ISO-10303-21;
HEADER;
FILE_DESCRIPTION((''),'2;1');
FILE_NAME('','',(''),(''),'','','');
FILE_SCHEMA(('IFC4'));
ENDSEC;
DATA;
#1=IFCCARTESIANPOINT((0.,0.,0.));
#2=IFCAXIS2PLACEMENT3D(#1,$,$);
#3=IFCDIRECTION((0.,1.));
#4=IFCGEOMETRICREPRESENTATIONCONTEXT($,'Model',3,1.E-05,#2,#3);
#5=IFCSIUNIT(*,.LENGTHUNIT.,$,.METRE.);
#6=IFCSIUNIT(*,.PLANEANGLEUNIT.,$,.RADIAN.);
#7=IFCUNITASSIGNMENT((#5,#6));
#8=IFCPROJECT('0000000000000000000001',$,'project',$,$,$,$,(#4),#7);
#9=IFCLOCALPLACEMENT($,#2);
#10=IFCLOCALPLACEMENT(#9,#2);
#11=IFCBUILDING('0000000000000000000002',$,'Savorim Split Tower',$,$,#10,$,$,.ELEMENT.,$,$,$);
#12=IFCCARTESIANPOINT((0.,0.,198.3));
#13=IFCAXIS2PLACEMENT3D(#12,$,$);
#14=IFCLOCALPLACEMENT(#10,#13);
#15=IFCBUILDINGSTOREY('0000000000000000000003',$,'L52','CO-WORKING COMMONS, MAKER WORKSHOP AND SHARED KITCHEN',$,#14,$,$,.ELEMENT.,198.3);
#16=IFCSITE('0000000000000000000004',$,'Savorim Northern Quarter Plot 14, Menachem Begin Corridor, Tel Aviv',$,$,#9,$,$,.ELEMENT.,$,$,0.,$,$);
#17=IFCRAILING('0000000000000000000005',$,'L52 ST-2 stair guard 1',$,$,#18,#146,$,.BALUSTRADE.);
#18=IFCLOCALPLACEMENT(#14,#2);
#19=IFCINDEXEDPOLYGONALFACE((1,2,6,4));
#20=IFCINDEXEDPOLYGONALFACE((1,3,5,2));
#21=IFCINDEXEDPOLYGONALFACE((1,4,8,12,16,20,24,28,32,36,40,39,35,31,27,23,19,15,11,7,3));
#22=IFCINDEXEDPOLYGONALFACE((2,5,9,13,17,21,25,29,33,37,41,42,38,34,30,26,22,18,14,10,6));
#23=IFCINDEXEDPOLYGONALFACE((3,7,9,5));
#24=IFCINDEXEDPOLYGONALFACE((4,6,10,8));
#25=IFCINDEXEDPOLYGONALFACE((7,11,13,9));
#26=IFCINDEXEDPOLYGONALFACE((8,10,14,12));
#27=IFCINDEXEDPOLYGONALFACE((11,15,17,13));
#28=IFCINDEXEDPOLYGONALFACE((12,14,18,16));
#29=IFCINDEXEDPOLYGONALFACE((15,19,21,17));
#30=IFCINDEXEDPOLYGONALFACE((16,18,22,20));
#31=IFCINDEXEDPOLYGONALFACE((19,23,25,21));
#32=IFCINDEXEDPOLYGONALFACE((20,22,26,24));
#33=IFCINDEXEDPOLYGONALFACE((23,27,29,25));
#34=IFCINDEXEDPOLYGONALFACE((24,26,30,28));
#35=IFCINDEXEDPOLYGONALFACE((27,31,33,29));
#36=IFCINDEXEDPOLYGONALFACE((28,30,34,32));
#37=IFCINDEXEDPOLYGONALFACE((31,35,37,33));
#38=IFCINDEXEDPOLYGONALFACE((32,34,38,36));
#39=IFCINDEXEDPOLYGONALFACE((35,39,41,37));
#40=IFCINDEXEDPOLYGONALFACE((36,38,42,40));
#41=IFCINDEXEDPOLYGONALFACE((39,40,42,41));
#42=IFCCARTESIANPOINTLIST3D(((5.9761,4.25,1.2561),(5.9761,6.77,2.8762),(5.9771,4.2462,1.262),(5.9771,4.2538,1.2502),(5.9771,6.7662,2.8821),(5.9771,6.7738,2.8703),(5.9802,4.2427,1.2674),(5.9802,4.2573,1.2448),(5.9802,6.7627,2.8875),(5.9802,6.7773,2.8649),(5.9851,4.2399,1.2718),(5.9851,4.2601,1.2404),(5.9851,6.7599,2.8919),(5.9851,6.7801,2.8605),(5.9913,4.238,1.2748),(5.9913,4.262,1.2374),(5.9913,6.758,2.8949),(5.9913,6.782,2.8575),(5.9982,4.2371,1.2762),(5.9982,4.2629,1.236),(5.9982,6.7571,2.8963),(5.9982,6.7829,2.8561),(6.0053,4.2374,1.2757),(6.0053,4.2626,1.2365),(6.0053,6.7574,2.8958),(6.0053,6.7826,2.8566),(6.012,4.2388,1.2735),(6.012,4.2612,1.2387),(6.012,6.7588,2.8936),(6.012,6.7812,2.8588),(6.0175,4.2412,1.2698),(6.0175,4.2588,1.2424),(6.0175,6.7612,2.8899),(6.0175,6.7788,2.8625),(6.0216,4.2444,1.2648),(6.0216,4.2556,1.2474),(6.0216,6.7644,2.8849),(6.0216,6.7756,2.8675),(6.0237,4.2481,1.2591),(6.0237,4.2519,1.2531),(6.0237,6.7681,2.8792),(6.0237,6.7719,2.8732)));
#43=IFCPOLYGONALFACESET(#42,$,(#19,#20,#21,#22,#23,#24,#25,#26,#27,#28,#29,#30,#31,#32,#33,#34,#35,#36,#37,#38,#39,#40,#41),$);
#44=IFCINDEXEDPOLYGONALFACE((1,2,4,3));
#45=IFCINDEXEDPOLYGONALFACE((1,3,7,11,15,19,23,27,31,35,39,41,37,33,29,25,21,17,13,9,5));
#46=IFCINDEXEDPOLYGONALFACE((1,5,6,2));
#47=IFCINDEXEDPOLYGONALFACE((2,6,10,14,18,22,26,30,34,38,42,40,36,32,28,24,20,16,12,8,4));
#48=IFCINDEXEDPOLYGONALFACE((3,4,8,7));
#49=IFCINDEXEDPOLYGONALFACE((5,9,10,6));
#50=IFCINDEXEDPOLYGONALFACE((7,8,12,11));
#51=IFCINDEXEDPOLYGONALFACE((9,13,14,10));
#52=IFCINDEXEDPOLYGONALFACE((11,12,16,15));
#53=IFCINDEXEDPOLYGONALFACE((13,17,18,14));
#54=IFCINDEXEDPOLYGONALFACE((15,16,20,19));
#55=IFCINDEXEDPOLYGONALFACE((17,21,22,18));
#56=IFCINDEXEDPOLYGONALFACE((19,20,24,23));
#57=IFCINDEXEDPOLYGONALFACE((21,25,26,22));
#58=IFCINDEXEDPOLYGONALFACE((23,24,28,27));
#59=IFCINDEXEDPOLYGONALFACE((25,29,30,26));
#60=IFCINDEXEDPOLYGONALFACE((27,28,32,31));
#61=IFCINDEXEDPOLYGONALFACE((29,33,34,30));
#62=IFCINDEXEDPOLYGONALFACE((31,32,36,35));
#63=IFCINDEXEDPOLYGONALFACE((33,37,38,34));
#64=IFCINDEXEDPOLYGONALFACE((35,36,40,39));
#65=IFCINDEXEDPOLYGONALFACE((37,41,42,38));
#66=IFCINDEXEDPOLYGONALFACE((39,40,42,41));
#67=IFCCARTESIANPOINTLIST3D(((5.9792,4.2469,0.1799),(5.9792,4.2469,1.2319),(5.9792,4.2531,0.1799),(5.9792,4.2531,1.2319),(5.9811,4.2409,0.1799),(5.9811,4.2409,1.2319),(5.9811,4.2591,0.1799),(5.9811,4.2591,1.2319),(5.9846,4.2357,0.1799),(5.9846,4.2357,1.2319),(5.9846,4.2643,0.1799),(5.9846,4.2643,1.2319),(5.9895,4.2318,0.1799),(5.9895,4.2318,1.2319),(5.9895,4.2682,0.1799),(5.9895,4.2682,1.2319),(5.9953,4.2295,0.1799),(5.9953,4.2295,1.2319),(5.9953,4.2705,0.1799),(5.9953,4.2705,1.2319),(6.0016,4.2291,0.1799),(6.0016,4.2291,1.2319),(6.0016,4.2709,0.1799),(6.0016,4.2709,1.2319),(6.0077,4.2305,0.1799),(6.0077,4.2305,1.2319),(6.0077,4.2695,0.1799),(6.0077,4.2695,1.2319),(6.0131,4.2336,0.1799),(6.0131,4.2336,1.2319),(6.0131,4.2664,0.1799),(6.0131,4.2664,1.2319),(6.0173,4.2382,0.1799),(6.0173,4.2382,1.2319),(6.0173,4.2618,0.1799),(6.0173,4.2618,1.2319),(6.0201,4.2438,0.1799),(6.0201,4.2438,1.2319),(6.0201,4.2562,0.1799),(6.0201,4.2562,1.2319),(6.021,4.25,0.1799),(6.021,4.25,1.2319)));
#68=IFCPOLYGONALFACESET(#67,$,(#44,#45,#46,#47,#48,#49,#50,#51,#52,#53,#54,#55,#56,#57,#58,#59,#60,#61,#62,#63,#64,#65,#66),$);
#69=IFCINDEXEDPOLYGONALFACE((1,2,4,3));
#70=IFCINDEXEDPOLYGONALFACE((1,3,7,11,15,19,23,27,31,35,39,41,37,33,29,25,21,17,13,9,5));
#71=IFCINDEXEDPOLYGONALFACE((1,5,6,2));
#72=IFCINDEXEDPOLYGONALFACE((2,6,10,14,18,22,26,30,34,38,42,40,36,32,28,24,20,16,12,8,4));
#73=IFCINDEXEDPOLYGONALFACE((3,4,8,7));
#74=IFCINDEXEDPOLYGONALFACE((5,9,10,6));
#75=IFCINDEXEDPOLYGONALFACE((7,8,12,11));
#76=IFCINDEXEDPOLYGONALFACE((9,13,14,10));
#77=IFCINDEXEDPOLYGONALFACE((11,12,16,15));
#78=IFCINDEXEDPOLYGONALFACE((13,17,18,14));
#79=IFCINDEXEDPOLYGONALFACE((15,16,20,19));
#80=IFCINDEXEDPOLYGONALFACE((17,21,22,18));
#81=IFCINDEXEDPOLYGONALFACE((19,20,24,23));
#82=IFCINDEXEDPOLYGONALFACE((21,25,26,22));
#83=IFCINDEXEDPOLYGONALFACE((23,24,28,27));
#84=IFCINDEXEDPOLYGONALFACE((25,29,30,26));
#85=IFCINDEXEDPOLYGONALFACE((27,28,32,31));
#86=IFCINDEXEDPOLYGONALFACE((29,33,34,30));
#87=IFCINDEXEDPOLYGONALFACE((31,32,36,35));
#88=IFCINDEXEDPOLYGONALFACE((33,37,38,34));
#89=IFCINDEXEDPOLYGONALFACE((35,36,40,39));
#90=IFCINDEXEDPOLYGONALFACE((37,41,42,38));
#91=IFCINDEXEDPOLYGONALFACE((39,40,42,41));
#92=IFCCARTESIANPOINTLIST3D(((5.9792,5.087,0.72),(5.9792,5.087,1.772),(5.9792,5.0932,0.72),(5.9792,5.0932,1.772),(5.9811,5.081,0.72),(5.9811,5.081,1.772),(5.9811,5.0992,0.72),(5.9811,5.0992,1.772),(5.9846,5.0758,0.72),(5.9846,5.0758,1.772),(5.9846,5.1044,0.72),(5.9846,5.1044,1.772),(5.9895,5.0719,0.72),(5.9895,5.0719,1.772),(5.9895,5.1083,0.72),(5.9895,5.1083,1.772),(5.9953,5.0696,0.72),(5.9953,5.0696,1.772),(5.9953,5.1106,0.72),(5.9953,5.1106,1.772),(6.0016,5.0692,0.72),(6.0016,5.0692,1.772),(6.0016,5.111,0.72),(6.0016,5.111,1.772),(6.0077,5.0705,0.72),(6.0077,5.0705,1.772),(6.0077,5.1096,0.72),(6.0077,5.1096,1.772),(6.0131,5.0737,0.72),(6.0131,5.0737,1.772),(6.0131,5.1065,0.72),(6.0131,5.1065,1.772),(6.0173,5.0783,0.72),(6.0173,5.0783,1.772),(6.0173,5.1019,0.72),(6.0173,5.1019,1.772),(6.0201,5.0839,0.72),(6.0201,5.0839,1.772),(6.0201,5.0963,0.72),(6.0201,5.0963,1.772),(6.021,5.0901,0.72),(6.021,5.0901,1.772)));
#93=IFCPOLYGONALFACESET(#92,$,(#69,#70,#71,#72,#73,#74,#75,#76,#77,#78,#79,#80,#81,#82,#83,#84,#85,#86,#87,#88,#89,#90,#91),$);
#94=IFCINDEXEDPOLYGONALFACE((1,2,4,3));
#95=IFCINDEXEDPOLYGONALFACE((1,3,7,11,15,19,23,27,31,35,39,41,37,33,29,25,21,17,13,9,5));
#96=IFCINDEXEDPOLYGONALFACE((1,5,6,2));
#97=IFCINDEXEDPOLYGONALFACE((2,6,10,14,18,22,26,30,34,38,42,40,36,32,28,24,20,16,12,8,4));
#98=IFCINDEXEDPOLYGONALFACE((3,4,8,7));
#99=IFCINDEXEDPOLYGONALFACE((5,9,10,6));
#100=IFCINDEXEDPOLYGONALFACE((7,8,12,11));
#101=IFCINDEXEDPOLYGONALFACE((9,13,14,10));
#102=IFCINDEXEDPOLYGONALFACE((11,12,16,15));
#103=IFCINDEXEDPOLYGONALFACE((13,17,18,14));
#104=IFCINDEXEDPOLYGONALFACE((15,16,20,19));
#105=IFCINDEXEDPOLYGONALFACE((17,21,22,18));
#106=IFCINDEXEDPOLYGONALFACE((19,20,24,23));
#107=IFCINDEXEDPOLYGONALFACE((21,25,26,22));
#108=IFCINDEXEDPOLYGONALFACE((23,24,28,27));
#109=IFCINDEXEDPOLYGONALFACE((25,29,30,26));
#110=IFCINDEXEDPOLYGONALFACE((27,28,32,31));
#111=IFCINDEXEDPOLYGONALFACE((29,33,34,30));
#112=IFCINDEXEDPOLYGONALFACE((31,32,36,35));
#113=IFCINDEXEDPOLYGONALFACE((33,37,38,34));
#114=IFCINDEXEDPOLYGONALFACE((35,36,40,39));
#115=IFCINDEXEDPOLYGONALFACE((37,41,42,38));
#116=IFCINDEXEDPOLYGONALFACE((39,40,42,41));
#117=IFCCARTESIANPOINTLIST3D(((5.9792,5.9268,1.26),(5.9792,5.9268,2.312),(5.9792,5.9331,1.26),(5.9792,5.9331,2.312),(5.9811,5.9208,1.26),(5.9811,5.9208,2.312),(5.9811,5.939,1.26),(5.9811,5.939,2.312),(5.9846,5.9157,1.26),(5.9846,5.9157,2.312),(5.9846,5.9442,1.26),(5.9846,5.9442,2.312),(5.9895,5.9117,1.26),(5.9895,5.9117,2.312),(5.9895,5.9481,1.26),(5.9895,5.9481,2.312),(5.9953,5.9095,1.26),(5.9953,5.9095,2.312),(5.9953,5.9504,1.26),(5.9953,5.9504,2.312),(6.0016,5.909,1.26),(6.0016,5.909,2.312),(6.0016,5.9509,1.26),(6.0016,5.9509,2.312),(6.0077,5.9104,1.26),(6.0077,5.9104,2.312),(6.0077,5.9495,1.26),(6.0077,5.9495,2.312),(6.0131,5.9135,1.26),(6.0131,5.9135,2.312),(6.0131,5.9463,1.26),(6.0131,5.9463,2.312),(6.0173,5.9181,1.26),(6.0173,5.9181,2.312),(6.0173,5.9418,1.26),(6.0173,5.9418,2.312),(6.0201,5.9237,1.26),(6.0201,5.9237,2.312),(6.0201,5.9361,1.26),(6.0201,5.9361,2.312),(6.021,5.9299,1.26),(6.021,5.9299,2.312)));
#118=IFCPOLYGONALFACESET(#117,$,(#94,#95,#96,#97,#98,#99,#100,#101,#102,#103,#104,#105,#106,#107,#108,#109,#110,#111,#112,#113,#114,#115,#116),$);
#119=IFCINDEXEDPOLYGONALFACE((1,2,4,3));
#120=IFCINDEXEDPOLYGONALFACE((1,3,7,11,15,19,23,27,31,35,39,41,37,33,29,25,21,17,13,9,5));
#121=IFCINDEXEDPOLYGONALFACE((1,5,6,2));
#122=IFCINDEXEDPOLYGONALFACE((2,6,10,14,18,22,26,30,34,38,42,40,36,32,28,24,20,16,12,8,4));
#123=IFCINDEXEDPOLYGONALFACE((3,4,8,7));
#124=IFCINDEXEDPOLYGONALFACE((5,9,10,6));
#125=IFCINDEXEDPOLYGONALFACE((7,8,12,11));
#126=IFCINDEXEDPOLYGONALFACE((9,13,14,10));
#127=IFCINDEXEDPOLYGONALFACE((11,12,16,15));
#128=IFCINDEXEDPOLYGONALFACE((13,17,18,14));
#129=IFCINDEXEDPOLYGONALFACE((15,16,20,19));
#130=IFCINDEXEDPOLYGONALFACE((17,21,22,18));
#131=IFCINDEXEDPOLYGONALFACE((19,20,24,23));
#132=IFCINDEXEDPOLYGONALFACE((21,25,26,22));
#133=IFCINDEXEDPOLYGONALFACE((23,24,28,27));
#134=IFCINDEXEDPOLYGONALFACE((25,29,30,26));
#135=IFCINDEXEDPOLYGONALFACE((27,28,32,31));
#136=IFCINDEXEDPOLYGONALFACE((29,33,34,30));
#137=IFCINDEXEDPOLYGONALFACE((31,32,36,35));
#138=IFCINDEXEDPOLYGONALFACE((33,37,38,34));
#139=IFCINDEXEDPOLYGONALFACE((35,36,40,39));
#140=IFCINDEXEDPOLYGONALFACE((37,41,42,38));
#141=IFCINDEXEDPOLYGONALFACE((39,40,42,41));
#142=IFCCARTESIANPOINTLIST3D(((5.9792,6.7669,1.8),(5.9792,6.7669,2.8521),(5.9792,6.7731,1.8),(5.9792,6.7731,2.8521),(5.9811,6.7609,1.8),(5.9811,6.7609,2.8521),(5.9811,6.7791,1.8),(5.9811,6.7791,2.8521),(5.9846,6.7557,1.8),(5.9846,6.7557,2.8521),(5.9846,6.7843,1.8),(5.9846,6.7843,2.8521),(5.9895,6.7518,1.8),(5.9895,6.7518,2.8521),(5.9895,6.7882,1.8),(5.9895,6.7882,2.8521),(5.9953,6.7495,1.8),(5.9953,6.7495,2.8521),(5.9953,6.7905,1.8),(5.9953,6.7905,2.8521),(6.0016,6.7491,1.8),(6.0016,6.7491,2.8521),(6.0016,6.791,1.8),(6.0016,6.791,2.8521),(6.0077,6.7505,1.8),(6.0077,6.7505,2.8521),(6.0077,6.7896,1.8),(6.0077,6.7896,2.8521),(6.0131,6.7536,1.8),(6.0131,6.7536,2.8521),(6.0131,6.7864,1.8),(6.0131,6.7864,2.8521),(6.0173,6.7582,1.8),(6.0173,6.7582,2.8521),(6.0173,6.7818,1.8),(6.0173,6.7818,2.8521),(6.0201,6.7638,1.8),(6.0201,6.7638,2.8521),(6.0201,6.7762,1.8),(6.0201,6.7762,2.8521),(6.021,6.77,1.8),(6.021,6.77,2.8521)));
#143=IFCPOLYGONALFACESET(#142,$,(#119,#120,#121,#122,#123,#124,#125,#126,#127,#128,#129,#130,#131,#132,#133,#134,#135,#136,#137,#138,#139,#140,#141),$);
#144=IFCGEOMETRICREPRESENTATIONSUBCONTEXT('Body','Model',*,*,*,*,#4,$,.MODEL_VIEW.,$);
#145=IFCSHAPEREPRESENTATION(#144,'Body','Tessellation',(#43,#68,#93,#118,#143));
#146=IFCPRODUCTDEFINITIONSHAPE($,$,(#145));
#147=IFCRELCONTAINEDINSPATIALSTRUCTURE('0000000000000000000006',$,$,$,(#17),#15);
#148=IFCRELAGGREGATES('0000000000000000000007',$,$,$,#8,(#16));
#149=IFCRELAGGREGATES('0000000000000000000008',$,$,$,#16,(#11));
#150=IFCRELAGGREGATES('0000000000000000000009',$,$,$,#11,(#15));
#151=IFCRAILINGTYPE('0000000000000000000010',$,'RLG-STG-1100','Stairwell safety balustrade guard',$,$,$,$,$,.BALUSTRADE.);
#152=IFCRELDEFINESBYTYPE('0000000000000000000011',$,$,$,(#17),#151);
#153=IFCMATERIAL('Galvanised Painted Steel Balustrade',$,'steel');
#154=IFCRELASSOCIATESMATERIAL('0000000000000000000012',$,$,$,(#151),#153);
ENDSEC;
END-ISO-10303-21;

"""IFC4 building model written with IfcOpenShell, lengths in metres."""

from ifc_helpers import new_model, si_unit, direction, frame, origin, origin_2d, place, context, subcontext, project, spatial, circle, extrude, material, type_object, element, save


model = new_model("IFC4")

# Units and contexts
model_context = context("Model", 3, precision=1e-05, world=origin(), true_north=direction((0.0, 1.0)))
body_context = subcontext(model_context, "Body", "Model", "MODEL_VIEW")
ifc_project = project(units=[si_unit("LENGTHUNIT", "METRE"), si_unit("PLANEANGLEUNIT", "RADIAN")], contexts=[model_context])

# Site, building, storey
site_placement = place(None, origin())
site = spatial("IfcSite", under=ifc_project, at=site_placement, Name="Savorim Northern Quarter Plot 14, Menachem Begin Corridor, Tel Aviv", CompositionType="ELEMENT", RefElevation=0.0)
building_placement = place(site_placement, origin())
building = spatial("IfcBuilding", under=site, at=building_placement, Name="Savorim Split Tower", CompositionType="ELEMENT")
storey_placement = place(building_placement, frame((0.0, 0.0, 198.3)))
storey = spatial("IfcBuildingStorey", under=building, at=storey_placement, Name="L52", Description="CO-WORKING COMMONS, MAKER WORKSHOP AND SHARED KITCHEN", CompositionType="ELEMENT", Elevation=198.3)

# Railing
ifc_material_1 = material(Name="Galvanised Painted Steel Balustrade", Category="steel")
railing_type_1 = type_object("IfcRailingType", Name="RLG-STG-1100", Description="Stairwell safety balustrade guard", PredefinedType="BALUSTRADE", material=ifc_material_1)
railing_1_placement = place(storey_placement, frame((6.0, 4.25, 0.1799)))
element("IfcRailing", 1, at=railing_1_placement, inside=storey, type_object=railing_type_1, Name="L52 ST-2 stair guard 1", PredefinedType="BALUSTRADE", context=body_context, shape_type="SweptSolid", body=[
    extrude(circle(Radius=0.0239, at=origin_2d()), frame((0.0, 0.0, 1.0762), z_axis=(0.0, 0.841163, 0.540782), x_axis=(-1.0, 0.0, 0.0)), (0.0, 0.0, 1.0), 2.9958),
    extrude(circle(Radius=0.021, at=origin_2d()), origin(), (0.0, 0.0, 1.0), 1.052),
    extrude(circle(Radius=0.021, at=origin_2d()), frame((0.0, 0.8401, 0.54)), (0.0, 0.0, 1.0), 1.052),
    extrude(circle(Radius=0.021, at=origin_2d()), frame((0.0, 1.6799, 1.0801)), (0.0, 0.0, 1.0), 1.052),
    extrude(circle(Radius=0.021, at=origin_2d()), frame((0.0, 2.52, 1.6201)), (0.0, 0.0, 1.0), 1.052),
])

save(model, "model.ifc")
